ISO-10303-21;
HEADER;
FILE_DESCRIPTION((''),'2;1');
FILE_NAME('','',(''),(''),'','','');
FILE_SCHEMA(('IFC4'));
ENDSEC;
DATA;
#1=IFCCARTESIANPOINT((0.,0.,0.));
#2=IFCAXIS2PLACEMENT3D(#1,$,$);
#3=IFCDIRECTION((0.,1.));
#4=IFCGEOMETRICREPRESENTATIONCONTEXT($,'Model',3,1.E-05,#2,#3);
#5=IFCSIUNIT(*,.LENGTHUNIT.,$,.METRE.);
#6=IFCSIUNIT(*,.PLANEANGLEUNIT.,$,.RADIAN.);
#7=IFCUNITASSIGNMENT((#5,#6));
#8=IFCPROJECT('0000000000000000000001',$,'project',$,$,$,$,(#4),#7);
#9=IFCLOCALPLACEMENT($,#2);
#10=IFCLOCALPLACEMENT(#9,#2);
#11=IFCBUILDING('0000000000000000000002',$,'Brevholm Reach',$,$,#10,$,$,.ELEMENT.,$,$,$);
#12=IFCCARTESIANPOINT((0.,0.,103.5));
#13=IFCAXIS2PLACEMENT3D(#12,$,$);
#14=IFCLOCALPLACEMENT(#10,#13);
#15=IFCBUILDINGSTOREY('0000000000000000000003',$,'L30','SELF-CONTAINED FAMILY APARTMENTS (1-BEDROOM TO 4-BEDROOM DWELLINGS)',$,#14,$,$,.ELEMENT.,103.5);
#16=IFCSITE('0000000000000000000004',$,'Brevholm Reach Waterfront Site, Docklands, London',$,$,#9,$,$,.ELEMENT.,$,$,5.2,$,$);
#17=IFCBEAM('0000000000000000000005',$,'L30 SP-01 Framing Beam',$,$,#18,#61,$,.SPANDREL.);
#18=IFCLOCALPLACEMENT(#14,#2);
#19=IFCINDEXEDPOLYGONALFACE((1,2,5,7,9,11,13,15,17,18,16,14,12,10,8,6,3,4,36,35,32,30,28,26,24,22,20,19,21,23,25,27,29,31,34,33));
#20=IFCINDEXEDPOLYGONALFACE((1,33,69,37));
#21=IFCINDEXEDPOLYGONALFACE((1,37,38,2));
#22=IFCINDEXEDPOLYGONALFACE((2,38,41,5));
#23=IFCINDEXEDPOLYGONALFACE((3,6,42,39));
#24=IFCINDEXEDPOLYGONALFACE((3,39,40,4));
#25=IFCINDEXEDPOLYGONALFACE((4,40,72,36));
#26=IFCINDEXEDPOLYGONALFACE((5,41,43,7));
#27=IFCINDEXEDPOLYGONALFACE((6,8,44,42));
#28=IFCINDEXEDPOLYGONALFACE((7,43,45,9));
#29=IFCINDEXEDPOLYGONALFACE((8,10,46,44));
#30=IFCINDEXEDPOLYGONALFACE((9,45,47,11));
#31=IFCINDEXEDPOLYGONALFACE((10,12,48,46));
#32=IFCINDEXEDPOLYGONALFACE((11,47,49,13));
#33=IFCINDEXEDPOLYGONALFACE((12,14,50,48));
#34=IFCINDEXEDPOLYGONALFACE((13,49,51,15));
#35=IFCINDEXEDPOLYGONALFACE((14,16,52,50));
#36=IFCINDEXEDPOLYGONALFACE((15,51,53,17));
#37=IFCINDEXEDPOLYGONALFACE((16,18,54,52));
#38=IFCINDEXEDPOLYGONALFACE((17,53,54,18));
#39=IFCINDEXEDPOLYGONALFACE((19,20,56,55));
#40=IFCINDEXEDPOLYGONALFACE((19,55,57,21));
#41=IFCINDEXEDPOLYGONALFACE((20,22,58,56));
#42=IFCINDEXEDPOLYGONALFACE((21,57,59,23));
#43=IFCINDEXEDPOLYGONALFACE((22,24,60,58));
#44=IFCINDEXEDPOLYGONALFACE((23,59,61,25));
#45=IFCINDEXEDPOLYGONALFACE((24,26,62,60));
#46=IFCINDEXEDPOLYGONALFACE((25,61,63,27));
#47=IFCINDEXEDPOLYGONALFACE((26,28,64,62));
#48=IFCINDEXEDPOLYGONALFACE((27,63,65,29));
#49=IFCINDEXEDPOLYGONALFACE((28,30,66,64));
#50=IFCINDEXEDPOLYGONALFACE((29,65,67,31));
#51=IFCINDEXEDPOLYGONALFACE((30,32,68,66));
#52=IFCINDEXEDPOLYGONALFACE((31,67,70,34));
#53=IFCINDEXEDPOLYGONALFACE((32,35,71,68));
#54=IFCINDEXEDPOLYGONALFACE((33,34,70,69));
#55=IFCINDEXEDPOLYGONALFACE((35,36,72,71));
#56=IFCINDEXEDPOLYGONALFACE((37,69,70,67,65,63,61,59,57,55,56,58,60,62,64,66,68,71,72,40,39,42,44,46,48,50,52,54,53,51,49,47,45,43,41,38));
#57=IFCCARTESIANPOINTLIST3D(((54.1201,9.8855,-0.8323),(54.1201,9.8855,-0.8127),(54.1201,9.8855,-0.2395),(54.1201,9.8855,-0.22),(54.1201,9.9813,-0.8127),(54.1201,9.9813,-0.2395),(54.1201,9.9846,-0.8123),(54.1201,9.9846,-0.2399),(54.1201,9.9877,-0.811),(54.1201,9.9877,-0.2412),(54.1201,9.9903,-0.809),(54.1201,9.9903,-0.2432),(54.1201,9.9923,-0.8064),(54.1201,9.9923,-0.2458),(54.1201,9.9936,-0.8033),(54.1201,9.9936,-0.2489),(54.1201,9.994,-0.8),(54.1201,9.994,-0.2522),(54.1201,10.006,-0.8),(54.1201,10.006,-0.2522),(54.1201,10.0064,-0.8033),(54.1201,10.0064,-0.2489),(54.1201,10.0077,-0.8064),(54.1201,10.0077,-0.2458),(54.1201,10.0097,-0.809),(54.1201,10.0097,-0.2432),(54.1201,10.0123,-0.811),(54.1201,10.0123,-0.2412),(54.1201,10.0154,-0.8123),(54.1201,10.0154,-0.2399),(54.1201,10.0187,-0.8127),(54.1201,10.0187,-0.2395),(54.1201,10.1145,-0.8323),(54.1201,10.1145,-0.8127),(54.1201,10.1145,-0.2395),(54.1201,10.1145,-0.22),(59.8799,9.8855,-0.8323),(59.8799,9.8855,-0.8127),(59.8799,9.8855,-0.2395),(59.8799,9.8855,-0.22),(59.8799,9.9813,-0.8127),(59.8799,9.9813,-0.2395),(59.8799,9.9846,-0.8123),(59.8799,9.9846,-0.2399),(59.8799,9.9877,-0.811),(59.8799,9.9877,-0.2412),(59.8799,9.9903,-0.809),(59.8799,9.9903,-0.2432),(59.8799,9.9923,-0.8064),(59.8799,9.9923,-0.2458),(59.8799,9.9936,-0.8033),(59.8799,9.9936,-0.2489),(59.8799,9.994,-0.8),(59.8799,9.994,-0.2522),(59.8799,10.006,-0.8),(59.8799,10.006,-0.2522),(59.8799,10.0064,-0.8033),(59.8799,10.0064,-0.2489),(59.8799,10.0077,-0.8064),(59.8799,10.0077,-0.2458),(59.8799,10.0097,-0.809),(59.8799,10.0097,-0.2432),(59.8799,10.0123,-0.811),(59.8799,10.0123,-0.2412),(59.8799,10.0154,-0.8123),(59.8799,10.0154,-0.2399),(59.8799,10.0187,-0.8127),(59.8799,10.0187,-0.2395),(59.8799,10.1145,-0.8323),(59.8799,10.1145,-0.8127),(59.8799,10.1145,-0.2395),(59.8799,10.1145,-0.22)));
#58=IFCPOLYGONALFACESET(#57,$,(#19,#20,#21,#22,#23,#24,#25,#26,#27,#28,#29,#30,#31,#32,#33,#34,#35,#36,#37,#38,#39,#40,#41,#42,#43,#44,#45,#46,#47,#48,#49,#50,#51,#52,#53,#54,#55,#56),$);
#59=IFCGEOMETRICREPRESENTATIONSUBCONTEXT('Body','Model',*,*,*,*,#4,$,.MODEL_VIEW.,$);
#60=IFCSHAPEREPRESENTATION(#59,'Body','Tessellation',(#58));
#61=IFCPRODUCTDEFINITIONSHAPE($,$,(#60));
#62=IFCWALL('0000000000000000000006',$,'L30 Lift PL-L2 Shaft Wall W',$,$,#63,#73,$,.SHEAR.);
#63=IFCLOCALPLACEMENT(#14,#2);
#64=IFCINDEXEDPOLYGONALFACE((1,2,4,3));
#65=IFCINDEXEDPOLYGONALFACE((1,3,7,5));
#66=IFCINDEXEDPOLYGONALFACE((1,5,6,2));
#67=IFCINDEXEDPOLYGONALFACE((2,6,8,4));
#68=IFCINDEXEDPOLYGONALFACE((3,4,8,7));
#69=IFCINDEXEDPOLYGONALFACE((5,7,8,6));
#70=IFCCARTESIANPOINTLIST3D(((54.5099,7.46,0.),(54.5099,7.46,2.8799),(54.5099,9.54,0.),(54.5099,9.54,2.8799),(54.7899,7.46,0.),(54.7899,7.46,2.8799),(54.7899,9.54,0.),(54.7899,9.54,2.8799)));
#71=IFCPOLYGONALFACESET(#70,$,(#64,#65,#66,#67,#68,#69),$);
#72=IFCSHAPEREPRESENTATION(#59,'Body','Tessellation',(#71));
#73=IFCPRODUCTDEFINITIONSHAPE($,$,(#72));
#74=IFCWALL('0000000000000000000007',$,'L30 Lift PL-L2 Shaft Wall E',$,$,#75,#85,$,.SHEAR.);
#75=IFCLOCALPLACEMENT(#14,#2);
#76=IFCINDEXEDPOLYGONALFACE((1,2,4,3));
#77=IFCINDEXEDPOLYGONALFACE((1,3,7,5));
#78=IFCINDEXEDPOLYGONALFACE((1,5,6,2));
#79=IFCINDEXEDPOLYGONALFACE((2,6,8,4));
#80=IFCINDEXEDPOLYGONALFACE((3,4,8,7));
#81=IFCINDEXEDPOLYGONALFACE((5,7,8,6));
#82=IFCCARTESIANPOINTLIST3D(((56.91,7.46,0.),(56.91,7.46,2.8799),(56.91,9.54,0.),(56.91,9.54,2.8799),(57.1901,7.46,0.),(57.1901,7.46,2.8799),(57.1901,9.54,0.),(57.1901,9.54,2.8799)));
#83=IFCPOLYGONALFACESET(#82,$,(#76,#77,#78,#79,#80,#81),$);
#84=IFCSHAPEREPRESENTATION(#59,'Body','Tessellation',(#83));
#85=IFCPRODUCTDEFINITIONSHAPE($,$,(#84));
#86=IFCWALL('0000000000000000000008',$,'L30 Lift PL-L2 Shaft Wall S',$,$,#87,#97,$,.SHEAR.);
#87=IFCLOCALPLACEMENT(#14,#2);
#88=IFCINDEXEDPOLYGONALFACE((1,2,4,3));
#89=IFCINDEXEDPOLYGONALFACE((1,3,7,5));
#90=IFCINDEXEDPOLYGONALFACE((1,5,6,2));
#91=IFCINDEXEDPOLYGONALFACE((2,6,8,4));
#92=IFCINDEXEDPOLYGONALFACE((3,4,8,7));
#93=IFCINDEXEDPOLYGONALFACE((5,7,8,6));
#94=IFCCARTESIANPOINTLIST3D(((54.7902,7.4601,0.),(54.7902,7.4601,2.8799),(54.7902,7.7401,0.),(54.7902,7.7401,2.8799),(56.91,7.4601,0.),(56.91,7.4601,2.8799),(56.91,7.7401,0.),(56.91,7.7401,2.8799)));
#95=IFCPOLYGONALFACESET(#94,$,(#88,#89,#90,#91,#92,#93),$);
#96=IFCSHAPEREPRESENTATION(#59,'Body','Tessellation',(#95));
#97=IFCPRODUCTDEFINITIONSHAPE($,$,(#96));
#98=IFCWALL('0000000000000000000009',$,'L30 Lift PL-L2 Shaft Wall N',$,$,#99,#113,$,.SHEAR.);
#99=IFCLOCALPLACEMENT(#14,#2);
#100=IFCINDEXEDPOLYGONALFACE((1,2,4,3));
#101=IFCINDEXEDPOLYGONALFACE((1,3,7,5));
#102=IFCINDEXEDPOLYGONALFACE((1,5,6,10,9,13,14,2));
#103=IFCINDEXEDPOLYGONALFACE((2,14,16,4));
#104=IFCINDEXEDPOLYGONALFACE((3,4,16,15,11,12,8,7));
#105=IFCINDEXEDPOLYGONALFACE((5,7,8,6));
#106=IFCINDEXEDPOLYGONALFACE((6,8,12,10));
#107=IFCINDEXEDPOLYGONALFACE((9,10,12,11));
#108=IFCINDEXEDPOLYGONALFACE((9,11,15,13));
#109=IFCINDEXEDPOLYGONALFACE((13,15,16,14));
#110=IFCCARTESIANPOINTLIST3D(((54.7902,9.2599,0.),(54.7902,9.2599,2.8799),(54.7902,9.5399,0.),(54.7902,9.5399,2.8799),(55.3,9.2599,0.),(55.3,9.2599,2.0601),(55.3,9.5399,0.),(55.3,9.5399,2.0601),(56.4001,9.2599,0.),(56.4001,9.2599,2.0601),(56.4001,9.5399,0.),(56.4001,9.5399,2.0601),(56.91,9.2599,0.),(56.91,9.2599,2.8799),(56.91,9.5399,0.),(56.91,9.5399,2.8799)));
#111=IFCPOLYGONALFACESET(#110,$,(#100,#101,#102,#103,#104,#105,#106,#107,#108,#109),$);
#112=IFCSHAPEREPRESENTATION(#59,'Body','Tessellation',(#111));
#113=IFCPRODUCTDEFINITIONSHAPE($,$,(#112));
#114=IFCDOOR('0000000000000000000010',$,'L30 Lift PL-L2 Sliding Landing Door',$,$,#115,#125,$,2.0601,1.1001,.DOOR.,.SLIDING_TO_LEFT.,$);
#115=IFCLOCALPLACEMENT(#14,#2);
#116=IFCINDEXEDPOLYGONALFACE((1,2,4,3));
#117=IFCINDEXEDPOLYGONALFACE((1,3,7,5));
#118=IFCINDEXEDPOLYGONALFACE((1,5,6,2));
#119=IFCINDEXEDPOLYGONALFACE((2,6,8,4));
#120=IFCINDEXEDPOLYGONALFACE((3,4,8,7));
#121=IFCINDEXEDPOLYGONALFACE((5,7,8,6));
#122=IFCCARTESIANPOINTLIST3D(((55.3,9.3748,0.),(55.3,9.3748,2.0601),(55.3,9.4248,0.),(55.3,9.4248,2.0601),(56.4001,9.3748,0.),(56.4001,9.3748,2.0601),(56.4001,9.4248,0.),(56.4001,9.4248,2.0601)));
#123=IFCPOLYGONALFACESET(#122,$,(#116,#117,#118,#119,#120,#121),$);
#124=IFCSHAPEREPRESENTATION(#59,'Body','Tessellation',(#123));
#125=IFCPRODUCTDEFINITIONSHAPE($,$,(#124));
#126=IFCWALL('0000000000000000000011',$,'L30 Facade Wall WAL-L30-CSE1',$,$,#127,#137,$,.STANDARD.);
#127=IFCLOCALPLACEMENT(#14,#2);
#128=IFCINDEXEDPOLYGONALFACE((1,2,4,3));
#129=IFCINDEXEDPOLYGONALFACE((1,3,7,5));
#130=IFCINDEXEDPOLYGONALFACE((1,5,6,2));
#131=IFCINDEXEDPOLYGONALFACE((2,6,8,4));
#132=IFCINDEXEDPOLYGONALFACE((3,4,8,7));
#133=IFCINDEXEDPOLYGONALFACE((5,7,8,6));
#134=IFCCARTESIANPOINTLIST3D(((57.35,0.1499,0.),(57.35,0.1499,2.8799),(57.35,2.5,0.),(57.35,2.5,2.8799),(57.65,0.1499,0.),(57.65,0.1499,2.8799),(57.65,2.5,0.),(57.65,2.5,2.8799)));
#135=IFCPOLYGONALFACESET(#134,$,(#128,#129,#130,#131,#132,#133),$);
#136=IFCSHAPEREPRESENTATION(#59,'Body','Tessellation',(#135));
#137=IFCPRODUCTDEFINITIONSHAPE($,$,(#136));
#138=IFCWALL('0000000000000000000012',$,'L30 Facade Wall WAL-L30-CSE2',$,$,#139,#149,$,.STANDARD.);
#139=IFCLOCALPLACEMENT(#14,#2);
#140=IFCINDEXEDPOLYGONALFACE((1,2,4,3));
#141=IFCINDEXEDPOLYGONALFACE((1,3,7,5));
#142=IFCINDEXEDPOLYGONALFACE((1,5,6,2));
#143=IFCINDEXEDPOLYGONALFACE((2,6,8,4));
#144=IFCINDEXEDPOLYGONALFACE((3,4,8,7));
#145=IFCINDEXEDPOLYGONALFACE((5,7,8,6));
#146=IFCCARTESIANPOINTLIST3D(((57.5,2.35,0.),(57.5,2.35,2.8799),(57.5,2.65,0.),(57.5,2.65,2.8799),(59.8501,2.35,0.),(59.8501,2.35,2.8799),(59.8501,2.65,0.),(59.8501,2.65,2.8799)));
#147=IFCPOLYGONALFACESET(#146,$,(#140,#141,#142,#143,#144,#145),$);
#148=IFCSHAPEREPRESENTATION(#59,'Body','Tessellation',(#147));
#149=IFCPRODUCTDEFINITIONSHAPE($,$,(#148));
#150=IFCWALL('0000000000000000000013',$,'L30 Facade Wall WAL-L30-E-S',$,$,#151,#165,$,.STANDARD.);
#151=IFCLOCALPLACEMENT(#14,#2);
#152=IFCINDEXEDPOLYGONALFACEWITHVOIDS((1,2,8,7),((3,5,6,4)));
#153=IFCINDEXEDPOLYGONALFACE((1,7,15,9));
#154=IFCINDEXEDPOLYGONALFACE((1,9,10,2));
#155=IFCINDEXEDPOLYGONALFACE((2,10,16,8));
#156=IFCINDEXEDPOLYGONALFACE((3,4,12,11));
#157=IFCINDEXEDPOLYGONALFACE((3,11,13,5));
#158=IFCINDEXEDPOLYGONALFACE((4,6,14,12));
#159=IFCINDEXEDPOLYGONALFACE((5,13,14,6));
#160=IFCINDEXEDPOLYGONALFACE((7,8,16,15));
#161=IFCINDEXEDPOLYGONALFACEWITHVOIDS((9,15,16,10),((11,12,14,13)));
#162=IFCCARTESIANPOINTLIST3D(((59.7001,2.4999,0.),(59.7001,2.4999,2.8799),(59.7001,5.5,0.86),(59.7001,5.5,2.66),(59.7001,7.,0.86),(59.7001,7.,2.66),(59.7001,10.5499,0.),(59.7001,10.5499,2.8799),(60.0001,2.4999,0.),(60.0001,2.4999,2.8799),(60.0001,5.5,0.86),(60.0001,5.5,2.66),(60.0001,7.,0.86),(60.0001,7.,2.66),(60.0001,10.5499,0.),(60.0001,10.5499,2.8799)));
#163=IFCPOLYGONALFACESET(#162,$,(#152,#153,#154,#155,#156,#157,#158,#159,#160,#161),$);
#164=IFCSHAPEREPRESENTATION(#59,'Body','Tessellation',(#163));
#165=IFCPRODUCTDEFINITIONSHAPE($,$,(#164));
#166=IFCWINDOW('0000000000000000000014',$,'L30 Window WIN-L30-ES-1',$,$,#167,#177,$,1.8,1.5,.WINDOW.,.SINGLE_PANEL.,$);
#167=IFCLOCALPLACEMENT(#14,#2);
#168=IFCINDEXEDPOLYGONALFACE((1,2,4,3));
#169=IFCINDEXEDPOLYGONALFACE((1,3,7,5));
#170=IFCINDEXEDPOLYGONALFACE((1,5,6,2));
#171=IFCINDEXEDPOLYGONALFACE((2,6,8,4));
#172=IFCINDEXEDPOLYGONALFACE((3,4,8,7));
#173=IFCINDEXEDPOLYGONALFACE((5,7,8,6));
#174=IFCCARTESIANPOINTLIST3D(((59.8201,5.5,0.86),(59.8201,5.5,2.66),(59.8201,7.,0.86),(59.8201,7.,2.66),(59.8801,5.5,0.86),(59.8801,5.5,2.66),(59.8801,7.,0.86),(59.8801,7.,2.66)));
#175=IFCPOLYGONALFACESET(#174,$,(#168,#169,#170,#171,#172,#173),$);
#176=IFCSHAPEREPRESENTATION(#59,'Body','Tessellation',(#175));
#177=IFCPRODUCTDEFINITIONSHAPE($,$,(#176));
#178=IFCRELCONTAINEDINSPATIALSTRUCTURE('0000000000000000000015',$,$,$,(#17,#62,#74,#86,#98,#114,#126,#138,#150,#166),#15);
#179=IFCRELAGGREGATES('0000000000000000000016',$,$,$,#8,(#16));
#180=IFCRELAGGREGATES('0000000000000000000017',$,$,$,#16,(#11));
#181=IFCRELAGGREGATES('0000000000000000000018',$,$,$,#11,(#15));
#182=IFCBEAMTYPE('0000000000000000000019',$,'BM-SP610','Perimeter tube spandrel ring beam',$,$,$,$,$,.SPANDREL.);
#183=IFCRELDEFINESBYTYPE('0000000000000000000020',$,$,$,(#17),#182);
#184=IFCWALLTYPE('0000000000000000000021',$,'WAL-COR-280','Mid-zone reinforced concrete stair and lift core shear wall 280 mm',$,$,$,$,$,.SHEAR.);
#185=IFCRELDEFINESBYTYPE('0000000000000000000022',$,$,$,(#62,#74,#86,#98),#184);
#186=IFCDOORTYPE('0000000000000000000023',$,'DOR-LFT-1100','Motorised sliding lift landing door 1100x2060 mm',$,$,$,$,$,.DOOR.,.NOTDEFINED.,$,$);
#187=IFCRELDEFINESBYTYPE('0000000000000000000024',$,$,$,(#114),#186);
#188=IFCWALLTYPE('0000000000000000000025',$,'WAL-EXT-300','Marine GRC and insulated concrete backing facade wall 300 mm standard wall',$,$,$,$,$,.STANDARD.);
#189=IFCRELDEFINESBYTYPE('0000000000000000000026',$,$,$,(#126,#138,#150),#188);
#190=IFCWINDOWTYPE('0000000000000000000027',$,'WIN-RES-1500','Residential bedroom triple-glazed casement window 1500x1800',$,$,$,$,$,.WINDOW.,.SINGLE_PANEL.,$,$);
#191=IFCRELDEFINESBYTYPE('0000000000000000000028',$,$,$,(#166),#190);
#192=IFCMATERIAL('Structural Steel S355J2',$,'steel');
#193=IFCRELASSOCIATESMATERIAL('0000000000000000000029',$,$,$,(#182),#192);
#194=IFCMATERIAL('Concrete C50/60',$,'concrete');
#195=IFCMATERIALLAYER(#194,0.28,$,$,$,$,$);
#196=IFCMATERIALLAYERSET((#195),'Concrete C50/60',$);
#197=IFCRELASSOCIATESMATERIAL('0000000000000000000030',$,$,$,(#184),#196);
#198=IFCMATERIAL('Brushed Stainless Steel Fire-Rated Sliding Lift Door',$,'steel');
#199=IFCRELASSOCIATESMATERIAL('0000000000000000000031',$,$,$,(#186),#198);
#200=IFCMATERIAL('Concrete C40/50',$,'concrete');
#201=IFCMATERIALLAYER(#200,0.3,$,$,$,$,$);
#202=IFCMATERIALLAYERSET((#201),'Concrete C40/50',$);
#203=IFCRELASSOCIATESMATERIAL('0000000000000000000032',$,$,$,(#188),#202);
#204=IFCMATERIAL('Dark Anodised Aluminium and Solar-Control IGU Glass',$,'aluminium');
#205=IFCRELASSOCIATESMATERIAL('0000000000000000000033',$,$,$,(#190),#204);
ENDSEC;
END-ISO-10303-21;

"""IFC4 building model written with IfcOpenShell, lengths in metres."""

from ifc_helpers import new_model, si_unit, direction, frame, frame_2d, origin, origin_2d, place, context, subcontext, project, spatial, rectangle, i_section, extrude, material, layer, layer_set, material_profile, profile_set, type_object, element, fill, save


model = new_model("IFC4")

# Units and contexts
model_context = context("Model", 3, precision=1e-05, world=origin(), true_north=direction((0.0, 1.0)))
body_context = subcontext(model_context, "Body", "Model", "MODEL_VIEW")
ifc_project = project(units=[si_unit("LENGTHUNIT", "METRE"), si_unit("PLANEANGLEUNIT", "RADIAN")], contexts=[model_context])

# Site, building, storey
site_placement = place(None, origin())
site = spatial("IfcSite", under=ifc_project, at=site_placement, Name="Brevholm Reach Waterfront Site, Docklands, London", CompositionType="ELEMENT", RefElevation=5.2)
building_placement = place(site_placement, origin())
building = spatial("IfcBuilding", under=site, at=building_placement, Name="Brevholm Reach", CompositionType="ELEMENT")
storey_placement = place(building_placement, frame((0.0, 0.0, 103.5)))
storey = spatial("IfcBuildingStorey", under=building, at=storey_placement, Name="L30", Description="SELF-CONTAINED FAMILY APARTMENTS (1-BEDROOM TO 4-BEDROOM DWELLINGS)", CompositionType="ELEMENT", Elevation=103.5)

# Beam
ifc_material_1 = material(Name="Structural Steel S355J2", Category="steel")
ifc_material_profile_1 = material_profile(ifc_material_1, i_section(OverallWidth=0.229, OverallDepth=0.6123, WebThickness=0.012, FlangeThickness=0.0195, FilletRadius=0.0127, at=origin_2d()), Name="UKB 610x229x125")
ifc_profile_set_1 = profile_set([ifc_material_profile_1], Name="Structural Steel S355J2")
beam_type_1 = type_object("IfcBeamType", Name="BM-SP610", Description="Perimeter tube spandrel ring beam", PredefinedType="SPANDREL", material=ifc_profile_set_1)
beam_1_placement = place(storey_placement, frame((54.1201, 10.0, -0.5261), z_axis=(1.0, 0.0, 0.0), x_axis=(0.0, 1.0, 0.0)))
element("IfcBeam", 1, at=beam_1_placement, inside=storey, type_object=beam_type_1, Name="L30 SP-01 Framing Beam", PredefinedType="SPANDREL", context=body_context, shape_type="SweptSolid", body=[
    extrude(i_section(OverallWidth=0.229, OverallDepth=0.6123, WebThickness=0.012, FlangeThickness=0.0195, FilletRadius=0.0127, at=origin_2d()), origin(), (0.0, 0.0, 1.0), 5.7598),
])

# Walls
ifc_material_2 = material(Name="Concrete C50/60", Category="concrete")
ifc_layer_1 = layer(ifc_material_2, 0.28)
ifc_layer_set_1 = layer_set([ifc_layer_1], Name="Concrete C50/60")
wall_type_1 = type_object("IfcWallType", Name="WAL-COR-280", Description="Mid-zone reinforced concrete stair and lift core shear wall 280 mm", PredefinedType="SHEAR", material=ifc_layer_set_1)
for number, where, z_axis, x_axis, name in (
    (2, (54.6499, 7.46, 0.0), (0.0, 0.0, 1.0), (0.0, 1.0, 0.0), "L30 Lift PL-L2 Shaft Wall W"),
    (3, (57.05, 7.46, 0.0), (0.0, 0.0, 1.0), (0.0, 1.0, 0.0), "L30 Lift PL-L2 Shaft Wall E"),
):
    element("IfcWall", number, at=place(storey_placement, frame(where, z_axis=z_axis, x_axis=x_axis)), inside=storey, type_object=wall_type_1, Name=name, PredefinedType="SHEAR", context=body_context, shape_type="SweptSolid", body=[
        extrude(rectangle(XDim=2.0801, YDim=0.28, at=frame_2d((1.04, 0.0))), origin(), (0.0, 0.0, 1.0), 2.8799),
    ])
wall_1_placement = place(storey_placement, frame((54.79, 7.6001, 0.0), z_axis=(0.0, 0.0, 1.0), x_axis=(1.0, 0.0, 0.0)))
element("IfcWall", 4, at=wall_1_placement, inside=storey, type_object=wall_type_1, Name="L30 Lift PL-L2 Shaft Wall S", PredefinedType="SHEAR", context=body_context, shape_type="SweptSolid", body=[
    extrude(rectangle(XDim=2.1199, YDim=0.28, at=frame_2d((1.0601, 0.0))), origin(), (0.0, 0.0, 1.0), 2.8799),
])

# Wall, opening, door
wall_2_placement = place(storey_placement, frame((54.79, 9.3999, 0.0), z_axis=(0.0, 0.0, 1.0), x_axis=(1.0, 0.0, 0.0)))
wall_2 = element("IfcWall", 5, at=wall_2_placement, inside=storey, type_object=wall_type_1, Name="L30 Lift PL-L2 Shaft Wall N", PredefinedType="SHEAR", context=body_context, shape_type="SweptSolid", body=[
    extrude(rectangle(XDim=2.1199, YDim=0.28, at=frame_2d((1.0601, 0.0))), origin(), (0.0, 0.0, 1.0), 2.8799),
])
opening_1_placement = place(wall_2_placement, frame((0.51, 0.0, 0.0)))
opening_1 = element("IfcOpeningElement", 6, at=opening_1_placement, cuts=wall_2, PredefinedType="OPENING", context=body_context, shape_type="SweptSolid", body=[
    extrude(rectangle(XDim=1.1001, YDim=2.0601, at=frame_2d((0.55, 1.03))), frame((0.0, 0.1499, 0.0), z_axis=(0.0, -1.0, 0.0), x_axis=(1.0, 0.0, 0.0)), (0.0, 0.0, 1.0), 0.3),
])
ifc_material_3 = material(Name="Brushed Stainless Steel Fire-Rated Sliding Lift Door", Category="steel")
door_type_1 = type_object("IfcDoorType", Name="DOR-LFT-1100", Description="Motorised sliding lift landing door 1100x2060 mm", OperationType="NOTDEFINED", PredefinedType="DOOR", material=ifc_material_3)
door_1_placement = place(opening_1_placement, origin())
door_1 = element("IfcDoor", 7, at=door_1_placement, inside=storey, type_object=door_type_1, Name="L30 Lift PL-L2 Sliding Landing Door", OperationType="SLIDING_TO_LEFT", OverallHeight=2.0601, OverallWidth=1.1001, PredefinedType="DOOR", context=body_context, shape_type="SweptSolid", body=[
    extrude(rectangle(XDim=1.1001, YDim=2.0601, at=frame_2d((0.55, 1.03))), frame((0.0, 0.0249, 0.0), z_axis=(0.0, -1.0, 0.0), x_axis=(1.0, 0.0, 0.0)), (0.0, 0.0, 1.0), 0.05),
])
fill(opening_1, door_1)

# Walls
ifc_material_4 = material(Name="Concrete C40/50", Category="concrete")
ifc_layer_2 = layer(ifc_material_4, 0.3)
ifc_layer_set_2 = layer_set([ifc_layer_2], Name="Concrete C40/50")
wall_type_2 = type_object("IfcWallType", Name="WAL-EXT-300", Description="Marine GRC and insulated concrete backing facade wall 300 mm standard wall", PredefinedType="STANDARD", material=ifc_layer_set_2)
for number, where, z_axis, x_axis, name in (
    (8, (57.5, 0.1499, 0.0), (0.0, 0.0, 1.0), (0.0, 1.0, 0.0), "L30 Facade Wall WAL-L30-CSE1"),
    (9, (57.5, 2.5, 0.0), (0.0, 0.0, 1.0), (1.0, 0.0, 0.0), "L30 Facade Wall WAL-L30-CSE2"),
):
    element("IfcWall", number, at=place(storey_placement, frame(where, z_axis=z_axis, x_axis=x_axis)), inside=storey, type_object=wall_type_2, Name=name, PredefinedType="STANDARD", context=body_context, shape_type="SweptSolid", body=[
        extrude(rectangle(XDim=2.3501, YDim=0.3, at=frame_2d((1.175, 0.0))), origin(), (0.0, 0.0, 1.0), 2.8799),
    ])

# Wall, opening, window
wall_3_placement = place(storey_placement, frame((59.8501, 2.5, 0.0), z_axis=(0.0, 0.0, 1.0), x_axis=(0.0, 1.0, 0.0)))
wall_3 = element("IfcWall", 10, at=wall_3_placement, inside=storey, type_object=wall_type_2, Name="L30 Facade Wall WAL-L30-E-S", PredefinedType="STANDARD", context=body_context, shape_type="SweptSolid", body=[
    extrude(rectangle(XDim=8.05, YDim=0.3, at=frame_2d((4.0249, 0.0))), origin(), (0.0, 0.0, 1.0), 2.8799),
])
opening_2_placement = place(wall_3_placement, frame((3.0, 0.0, 0.8601)))
opening_2 = element("IfcOpeningElement", 11, at=opening_2_placement, cuts=wall_3, PredefinedType="OPENING", context=body_context, shape_type="SweptSolid", body=[
    extrude(rectangle(XDim=1.5, YDim=1.8, at=frame_2d((0.75, 0.8999))), frame((0.0, 0.1599, 0.0), z_axis=(0.0, -1.0, 0.0), x_axis=(1.0, 0.0, 0.0)), (0.0, 0.0, 1.0), 0.3201),
])
ifc_material_5 = material(Name="Dark Anodised Aluminium and Solar-Control IGU Glass", Category="aluminium")
window_type = type_object("IfcWindowType", Name="WIN-RES-1500", Description="Residential bedroom triple-glazed casement window 1500x1800", PartitioningType="SINGLE_PANEL", PredefinedType="WINDOW", material=ifc_material_5)
window_placement = place(opening_2_placement, origin())
window = element("IfcWindow", 12, at=window_placement, inside=storey, type_object=window_type, Name="L30 Window WIN-L30-ES-1", OverallHeight=1.8, OverallWidth=1.5, PartitioningType="SINGLE_PANEL", PredefinedType="WINDOW", context=body_context, shape_type="SweptSolid", body=[
    extrude(rectangle(XDim=1.5, YDim=1.8, at=frame_2d((0.75, 0.8999))), frame((0.0, 0.03, 0.0), z_axis=(0.0, -1.0, 0.0), x_axis=(1.0, 0.0, 0.0)), (0.0, 0.0, 1.0), 0.0601),
])
fill(opening_2, window)

save(model, "model.ifc")
